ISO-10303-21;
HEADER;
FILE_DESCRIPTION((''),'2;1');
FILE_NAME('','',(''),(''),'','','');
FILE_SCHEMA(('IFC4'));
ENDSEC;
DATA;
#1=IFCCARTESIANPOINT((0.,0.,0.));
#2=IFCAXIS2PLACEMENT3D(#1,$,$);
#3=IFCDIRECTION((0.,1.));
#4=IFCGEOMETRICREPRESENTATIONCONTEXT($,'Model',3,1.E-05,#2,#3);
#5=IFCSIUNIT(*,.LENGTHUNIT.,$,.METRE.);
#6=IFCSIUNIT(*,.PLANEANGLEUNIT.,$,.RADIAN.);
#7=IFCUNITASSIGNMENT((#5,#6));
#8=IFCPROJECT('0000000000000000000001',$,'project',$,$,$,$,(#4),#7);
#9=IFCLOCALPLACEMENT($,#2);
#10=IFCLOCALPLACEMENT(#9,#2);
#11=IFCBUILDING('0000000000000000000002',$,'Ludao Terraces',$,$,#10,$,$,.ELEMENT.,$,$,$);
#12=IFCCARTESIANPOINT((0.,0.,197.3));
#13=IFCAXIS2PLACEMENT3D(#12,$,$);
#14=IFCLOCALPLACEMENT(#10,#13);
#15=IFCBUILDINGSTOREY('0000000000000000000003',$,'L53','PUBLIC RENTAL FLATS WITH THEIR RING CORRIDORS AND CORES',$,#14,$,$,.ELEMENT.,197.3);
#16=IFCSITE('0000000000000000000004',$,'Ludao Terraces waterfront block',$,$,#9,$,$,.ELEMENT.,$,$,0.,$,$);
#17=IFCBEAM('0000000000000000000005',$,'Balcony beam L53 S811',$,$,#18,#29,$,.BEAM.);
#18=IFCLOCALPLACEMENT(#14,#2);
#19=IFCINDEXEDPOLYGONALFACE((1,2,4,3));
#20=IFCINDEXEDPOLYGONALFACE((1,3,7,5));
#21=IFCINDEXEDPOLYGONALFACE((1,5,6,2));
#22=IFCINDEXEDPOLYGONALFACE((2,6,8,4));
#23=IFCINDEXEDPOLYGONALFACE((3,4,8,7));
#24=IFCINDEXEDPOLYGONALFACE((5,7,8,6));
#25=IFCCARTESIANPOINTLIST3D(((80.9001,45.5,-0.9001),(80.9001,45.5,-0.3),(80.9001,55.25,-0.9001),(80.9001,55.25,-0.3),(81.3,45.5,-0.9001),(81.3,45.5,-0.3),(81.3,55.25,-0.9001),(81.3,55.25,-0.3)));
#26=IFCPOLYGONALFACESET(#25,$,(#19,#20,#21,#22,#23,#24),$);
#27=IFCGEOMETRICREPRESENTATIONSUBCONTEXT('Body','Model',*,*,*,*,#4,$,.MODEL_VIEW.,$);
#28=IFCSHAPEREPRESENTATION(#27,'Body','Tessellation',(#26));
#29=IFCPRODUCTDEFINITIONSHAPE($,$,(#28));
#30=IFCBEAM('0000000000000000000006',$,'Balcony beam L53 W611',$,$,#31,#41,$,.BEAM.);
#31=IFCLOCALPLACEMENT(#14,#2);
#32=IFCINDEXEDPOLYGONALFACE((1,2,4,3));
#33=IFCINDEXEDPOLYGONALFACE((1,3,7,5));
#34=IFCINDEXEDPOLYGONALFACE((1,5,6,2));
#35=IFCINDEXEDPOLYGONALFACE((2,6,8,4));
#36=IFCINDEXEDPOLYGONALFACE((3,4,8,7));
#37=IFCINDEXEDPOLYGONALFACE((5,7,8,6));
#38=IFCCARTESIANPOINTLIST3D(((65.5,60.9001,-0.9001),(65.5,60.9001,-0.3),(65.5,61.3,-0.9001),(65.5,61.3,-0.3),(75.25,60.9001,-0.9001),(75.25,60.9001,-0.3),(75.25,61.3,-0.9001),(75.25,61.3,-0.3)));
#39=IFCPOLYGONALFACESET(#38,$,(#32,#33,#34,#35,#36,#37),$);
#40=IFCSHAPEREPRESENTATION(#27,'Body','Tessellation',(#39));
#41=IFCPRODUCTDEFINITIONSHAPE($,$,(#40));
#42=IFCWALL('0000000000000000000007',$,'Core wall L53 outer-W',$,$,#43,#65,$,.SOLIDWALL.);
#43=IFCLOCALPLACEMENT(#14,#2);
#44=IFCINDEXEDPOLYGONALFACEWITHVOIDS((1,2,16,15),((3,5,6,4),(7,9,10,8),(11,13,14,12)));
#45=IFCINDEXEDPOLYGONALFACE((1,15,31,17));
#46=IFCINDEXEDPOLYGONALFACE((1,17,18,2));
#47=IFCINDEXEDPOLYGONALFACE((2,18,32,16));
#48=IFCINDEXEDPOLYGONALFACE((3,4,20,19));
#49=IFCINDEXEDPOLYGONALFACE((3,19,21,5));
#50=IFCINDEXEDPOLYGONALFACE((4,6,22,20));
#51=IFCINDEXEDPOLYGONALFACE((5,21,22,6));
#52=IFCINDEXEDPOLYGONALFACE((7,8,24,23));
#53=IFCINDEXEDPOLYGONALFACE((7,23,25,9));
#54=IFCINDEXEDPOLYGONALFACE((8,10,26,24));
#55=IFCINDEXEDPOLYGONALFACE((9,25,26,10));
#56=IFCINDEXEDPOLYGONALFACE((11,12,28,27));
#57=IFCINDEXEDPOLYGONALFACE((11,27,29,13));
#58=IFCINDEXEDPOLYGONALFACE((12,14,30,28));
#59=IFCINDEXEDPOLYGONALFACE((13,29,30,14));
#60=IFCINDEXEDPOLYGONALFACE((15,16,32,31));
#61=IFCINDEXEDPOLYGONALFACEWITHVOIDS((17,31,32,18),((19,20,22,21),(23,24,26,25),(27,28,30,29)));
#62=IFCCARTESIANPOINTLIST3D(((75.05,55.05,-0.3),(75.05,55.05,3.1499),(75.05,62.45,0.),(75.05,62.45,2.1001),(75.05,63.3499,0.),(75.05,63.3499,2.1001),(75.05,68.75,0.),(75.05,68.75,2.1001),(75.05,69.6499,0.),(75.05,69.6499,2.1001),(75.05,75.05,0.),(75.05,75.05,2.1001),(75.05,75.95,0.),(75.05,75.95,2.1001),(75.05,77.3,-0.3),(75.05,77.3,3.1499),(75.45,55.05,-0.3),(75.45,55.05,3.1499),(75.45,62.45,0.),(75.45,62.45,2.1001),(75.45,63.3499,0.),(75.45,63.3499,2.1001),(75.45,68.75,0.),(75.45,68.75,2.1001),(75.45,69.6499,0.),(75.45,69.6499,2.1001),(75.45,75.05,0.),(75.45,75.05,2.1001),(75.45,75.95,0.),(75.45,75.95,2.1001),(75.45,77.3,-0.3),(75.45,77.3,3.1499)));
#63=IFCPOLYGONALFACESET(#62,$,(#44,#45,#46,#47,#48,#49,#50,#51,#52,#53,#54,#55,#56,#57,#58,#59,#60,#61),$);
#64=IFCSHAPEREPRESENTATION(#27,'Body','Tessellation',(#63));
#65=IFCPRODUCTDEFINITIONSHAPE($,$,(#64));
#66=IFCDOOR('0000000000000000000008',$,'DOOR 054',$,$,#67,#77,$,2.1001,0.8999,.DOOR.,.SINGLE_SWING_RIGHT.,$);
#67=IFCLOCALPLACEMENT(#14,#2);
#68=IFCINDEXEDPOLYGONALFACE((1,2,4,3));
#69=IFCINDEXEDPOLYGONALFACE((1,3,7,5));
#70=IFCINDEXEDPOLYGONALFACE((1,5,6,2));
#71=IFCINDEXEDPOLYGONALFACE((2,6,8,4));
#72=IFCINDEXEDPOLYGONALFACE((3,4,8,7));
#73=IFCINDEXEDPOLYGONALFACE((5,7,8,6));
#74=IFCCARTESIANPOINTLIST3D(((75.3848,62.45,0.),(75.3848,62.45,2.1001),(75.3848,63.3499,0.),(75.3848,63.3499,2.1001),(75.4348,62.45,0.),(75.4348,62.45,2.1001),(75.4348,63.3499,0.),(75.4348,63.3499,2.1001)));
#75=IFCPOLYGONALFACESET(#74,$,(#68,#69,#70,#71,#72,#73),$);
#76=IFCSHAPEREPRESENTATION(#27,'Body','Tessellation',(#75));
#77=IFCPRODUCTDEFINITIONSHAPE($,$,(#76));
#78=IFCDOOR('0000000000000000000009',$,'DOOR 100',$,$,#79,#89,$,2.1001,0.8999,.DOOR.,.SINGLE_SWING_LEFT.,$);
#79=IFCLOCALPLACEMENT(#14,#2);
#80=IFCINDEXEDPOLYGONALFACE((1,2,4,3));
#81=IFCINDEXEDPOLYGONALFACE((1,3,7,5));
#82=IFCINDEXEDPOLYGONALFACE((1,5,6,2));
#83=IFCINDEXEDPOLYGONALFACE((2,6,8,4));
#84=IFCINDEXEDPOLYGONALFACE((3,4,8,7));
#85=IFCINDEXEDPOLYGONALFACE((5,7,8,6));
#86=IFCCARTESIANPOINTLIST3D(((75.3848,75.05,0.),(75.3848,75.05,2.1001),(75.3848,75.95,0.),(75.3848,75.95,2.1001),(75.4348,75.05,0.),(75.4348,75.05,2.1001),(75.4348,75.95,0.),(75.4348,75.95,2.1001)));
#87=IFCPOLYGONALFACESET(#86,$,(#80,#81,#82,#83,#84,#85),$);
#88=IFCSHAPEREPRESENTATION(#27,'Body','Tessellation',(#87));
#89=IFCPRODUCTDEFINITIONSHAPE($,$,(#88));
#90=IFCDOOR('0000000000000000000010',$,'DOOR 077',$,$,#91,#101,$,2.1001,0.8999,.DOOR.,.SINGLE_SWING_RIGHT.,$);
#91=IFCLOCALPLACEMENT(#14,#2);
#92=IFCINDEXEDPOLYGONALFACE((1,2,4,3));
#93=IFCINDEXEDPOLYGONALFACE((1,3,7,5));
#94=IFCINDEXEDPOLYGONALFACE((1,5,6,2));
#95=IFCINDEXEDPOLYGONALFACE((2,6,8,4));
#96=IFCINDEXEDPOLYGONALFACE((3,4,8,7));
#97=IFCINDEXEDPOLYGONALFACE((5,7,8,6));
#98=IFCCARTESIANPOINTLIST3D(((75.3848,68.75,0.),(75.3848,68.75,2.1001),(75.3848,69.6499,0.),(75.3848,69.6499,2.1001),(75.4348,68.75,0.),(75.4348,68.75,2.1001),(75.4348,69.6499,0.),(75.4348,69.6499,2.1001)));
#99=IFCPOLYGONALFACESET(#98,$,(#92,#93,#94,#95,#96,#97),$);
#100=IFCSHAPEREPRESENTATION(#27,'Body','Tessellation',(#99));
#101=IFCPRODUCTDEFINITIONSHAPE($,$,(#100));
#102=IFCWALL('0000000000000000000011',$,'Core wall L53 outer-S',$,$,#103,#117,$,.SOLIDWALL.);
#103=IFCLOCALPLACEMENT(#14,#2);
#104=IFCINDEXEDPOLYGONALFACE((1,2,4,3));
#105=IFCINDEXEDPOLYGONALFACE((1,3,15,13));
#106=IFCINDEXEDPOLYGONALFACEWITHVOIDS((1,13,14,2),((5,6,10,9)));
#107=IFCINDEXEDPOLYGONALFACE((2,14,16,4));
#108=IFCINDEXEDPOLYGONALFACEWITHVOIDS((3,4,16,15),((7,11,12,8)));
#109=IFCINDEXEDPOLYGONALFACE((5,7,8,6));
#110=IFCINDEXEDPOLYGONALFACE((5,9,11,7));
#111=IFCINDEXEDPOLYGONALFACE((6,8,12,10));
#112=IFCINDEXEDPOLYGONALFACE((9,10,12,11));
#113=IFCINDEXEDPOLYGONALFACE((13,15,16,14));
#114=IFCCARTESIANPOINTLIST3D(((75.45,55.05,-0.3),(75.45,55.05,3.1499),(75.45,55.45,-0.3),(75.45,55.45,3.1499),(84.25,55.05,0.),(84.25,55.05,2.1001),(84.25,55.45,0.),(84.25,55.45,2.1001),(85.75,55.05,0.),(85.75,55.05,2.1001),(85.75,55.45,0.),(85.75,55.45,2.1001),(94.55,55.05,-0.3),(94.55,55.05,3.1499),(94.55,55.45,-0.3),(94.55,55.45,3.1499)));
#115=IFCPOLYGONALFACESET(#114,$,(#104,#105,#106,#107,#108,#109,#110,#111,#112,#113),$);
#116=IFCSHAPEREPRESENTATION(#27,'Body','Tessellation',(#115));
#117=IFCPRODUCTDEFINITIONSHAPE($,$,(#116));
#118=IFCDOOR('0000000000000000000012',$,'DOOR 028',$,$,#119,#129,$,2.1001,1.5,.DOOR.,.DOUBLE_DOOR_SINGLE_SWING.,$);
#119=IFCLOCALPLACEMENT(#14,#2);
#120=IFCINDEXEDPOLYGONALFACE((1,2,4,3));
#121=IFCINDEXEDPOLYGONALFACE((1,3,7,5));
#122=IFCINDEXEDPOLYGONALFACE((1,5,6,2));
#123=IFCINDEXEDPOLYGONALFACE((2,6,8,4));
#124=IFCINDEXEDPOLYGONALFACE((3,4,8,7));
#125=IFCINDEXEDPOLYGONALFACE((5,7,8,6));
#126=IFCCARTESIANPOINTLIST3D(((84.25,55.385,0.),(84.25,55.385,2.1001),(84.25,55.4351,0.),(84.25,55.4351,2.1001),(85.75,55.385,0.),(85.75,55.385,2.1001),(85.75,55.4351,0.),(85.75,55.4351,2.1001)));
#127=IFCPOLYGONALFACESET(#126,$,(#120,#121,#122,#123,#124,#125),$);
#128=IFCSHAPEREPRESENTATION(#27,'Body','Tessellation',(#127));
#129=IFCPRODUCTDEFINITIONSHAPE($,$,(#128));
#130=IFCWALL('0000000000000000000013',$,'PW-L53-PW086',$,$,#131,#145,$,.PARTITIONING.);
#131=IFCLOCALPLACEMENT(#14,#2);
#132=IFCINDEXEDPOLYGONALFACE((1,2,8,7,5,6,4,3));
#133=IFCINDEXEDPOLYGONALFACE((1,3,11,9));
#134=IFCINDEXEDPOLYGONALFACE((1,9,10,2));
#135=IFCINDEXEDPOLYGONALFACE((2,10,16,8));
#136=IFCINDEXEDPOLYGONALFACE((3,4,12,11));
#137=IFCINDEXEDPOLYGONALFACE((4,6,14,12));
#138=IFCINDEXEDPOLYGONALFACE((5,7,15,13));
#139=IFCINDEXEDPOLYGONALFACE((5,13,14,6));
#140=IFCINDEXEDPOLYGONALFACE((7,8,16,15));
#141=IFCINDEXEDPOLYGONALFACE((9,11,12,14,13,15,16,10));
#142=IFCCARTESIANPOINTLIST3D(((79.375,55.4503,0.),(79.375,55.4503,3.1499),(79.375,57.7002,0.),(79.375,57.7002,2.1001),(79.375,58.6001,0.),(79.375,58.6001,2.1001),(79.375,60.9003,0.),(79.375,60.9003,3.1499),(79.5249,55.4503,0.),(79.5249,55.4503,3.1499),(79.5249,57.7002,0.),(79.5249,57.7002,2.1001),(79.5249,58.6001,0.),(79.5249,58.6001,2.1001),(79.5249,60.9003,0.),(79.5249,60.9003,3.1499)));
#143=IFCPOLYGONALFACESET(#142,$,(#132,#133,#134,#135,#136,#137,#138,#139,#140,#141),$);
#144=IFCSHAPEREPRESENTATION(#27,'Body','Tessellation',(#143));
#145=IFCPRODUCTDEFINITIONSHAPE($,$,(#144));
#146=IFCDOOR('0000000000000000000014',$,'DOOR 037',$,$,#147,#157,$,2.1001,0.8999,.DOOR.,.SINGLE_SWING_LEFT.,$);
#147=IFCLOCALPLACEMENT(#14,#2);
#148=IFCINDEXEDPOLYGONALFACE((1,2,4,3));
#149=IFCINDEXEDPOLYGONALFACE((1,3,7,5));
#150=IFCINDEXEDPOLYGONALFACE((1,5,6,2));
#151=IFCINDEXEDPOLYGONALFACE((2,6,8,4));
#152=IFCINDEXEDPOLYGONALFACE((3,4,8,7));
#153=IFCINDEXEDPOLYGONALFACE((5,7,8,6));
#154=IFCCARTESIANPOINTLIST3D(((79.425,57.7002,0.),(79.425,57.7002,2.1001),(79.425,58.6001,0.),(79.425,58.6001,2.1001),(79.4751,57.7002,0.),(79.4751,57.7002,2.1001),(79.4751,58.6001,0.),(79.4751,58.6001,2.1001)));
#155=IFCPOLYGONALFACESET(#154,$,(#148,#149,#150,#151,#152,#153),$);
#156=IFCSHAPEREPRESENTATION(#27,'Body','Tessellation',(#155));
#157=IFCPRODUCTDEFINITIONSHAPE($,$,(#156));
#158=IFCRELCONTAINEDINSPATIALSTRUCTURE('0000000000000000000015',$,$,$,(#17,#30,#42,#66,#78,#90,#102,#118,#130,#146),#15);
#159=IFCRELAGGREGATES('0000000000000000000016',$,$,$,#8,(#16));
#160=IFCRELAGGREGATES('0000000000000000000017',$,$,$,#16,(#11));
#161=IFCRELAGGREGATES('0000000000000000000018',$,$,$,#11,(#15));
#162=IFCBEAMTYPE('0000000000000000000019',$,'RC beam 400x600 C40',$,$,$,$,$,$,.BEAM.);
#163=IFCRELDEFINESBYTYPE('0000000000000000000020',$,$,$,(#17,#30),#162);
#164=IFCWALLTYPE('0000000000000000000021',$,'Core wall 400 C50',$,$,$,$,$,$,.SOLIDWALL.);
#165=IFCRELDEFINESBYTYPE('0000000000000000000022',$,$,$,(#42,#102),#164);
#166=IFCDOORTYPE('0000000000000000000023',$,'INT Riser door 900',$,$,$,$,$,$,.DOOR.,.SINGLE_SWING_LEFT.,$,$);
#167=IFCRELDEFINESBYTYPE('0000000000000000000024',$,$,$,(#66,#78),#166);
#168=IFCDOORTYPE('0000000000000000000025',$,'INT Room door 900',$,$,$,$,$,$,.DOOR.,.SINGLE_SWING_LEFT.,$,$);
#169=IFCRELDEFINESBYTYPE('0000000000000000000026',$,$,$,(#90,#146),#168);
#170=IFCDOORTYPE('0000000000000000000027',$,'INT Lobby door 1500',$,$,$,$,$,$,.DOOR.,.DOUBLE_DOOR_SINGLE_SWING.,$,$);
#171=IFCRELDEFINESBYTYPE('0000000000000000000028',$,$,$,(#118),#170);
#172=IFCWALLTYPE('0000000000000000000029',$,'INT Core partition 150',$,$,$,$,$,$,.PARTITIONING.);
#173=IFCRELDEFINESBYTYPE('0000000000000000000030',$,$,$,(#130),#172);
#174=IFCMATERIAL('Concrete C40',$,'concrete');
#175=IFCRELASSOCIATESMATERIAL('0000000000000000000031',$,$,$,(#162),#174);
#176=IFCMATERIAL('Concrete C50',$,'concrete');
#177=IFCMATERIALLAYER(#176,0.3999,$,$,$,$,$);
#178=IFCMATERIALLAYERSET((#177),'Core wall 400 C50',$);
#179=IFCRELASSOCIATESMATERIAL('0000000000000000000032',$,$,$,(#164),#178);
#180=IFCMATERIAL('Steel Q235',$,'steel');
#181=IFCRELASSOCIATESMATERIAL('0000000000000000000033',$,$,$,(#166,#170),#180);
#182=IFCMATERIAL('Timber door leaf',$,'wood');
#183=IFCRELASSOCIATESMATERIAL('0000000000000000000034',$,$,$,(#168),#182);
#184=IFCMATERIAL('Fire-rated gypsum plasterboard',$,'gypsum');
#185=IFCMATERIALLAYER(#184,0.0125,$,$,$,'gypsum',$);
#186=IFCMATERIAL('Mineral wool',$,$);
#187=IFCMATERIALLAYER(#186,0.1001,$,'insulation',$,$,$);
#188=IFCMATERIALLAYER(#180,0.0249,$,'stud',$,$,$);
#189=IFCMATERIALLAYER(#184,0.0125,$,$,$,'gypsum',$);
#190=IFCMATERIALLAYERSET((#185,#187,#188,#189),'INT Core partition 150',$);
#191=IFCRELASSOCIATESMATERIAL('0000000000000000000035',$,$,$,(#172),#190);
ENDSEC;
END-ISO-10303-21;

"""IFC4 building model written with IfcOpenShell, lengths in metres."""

from ifc_helpers import new_model, si_unit, direction, frame, frame_2d, origin, origin_2d, place, context, subcontext, project, spatial, rectangle, extrude, material, layer, layer_set, material_profile, profile_set, type_object, element, fill, save


model = new_model("IFC4")

# Units and contexts
model_context = context("Model", 3, precision=1e-05, world=origin(), true_north=direction((0.0, 1.0)))
body_context = subcontext(model_context, "Body", "Model", "MODEL_VIEW")
ifc_project = project(units=[si_unit("LENGTHUNIT", "METRE"), si_unit("PLANEANGLEUNIT", "RADIAN")], contexts=[model_context])

# Site, building, storey
site_placement = place(None, origin())
site = spatial("IfcSite", under=ifc_project, at=site_placement, Name="Ludao Terraces waterfront block", CompositionType="ELEMENT", RefElevation=0.0)
building_placement = place(site_placement, origin())
building = spatial("IfcBuilding", under=site, at=building_placement, Name="Ludao Terraces", CompositionType="ELEMENT")
storey_placement = place(building_placement, frame((0.0, 0.0, 197.3)))
storey = spatial("IfcBuildingStorey", under=building, at=storey_placement, Name="L53", Description="PUBLIC RENTAL FLATS WITH THEIR RING CORRIDORS AND CORES", CompositionType="ELEMENT", Elevation=197.3)

# Beams
ifc_material_1 = material(Name="Concrete C40", Category="concrete")
ifc_material_profile = material_profile(ifc_material_1, rectangle(XDim=0.3999, YDim=0.6001, at=origin_2d()), Name="400 X 600")
ifc_profile_set = profile_set([ifc_material_profile], Name="Concrete C40")
beam_type = type_object("IfcBeamType", Name="RC beam 400x600 C40", PredefinedType="BEAM", material=ifc_profile_set)
for number, where, z_axis, x_axis, name in (
    (1, (81.1001, 55.25, -0.6001), (0.0, -1.0, 0.0), (1.0, 0.0, 0.0), "Balcony beam L53 S811"),
    (2, (75.25, 61.1001, -0.6001), (-1.0, 0.0, 0.0), (0.0, -1.0, 0.0), "Balcony beam L53 W611"),
):
    element("IfcBeam", number, at=place(storey_placement, frame(where, z_axis=z_axis, x_axis=x_axis)), inside=storey, type_object=beam_type, Name=name, PredefinedType="BEAM", context=body_context, shape_type="SweptSolid", body=[
        extrude(rectangle(XDim=0.3999, YDim=0.6001, at=origin_2d()), origin(), (0.0, 0.0, 1.0), 9.75),
    ])

# Wall, openings, doors
ifc_material_2 = material(Name="Concrete C50", Category="concrete")
ifc_layer_1 = layer(ifc_material_2, 0.3999)
ifc_layer_set_1 = layer_set([ifc_layer_1], Name="Core wall 400 C50")
wall_type_1 = type_object("IfcWallType", Name="Core wall 400 C50", PredefinedType="SOLIDWALL", material=ifc_layer_set_1)
wall_1_placement = place(storey_placement, frame((75.25, 55.05, -0.3), z_axis=(0.0, 0.0, 1.0), x_axis=(0.0, 1.0, 0.0)))
wall_1 = element("IfcWall", 3, at=wall_1_placement, inside=storey, type_object=wall_type_1, Name="Core wall L53 outer-W", PredefinedType="SOLIDWALL", context=body_context, shape_type="SweptSolid", body=[
    extrude(rectangle(XDim=22.25, YDim=0.3999, at=frame_2d((11.125, 0.0))), origin(), (0.0, 0.0, 1.0), 3.45),
])
opening_1_placement = place(wall_1_placement, frame((7.3999, 0.0, 0.3)))
opening_1 = element("IfcOpeningElement", 4, at=opening_1_placement, cuts=wall_1, PredefinedType="OPENING", context=body_context, shape_type="SweptSolid", body=[
    extrude(rectangle(XDim=0.8999, YDim=2.1001, at=frame_2d((0.45, 1.05))), frame((0.0, 0.21, 0.0), z_axis=(0.0, -1.0, 0.0), x_axis=(1.0, 0.0, 0.0)), (0.0, 0.0, 1.0), 0.4199),
])
opening_2_placement = place(wall_1_placement, frame((13.7, 0.0, 0.3)))
opening_2 = element("IfcOpeningElement", 5, at=opening_2_placement, cuts=wall_1, PredefinedType="OPENING", context=body_context, shape_type="SweptSolid", body=[
    extrude(rectangle(XDim=0.8999, YDim=2.1001, at=frame_2d((0.45, 1.05))), frame((0.0, 0.21, 0.0), z_axis=(0.0, -1.0, 0.0), x_axis=(1.0, 0.0, 0.0)), (0.0, 0.0, 1.0), 0.4199),
])
opening_3_placement = place(wall_1_placement, frame((20.0, 0.0, 0.3)))
opening_3 = element("IfcOpeningElement", 6, at=opening_3_placement, cuts=wall_1, PredefinedType="OPENING", context=body_context, shape_type="SweptSolid", body=[
    extrude(rectangle(XDim=0.8999, YDim=2.1001, at=frame_2d((0.45, 1.05))), frame((0.0, 0.21, 0.0), z_axis=(0.0, -1.0, 0.0), x_axis=(1.0, 0.0, 0.0)), (0.0, 0.0, 1.0), 0.4199),
])
ifc_material_3 = material(Name="Steel Q235", Category="steel")
door_type_1 = type_object("IfcDoorType", Name="INT Riser door 900", OperationType="SINGLE_SWING_LEFT", PredefinedType="DOOR", material=ifc_material_3)
door_1_placement = place(opening_1_placement, origin())
door_1 = element("IfcDoor", 7, at=door_1_placement, inside=storey, type_object=door_type_1, Name="DOOR 054", OperationType="SINGLE_SWING_RIGHT", OverallHeight=2.1001, OverallWidth=0.8999, PredefinedType="DOOR", context=body_context, shape_type="SweptSolid", body=[
    extrude(rectangle(XDim=0.8999, YDim=2.1001, at=frame_2d((0.45, 1.05))), frame((0.0, -0.1348, 0.0), z_axis=(0.0, -1.0, 0.0), x_axis=(1.0, 0.0, 0.0)), (0.0, 0.0, 1.0), 0.05),
])
fill(opening_1, door_1)
door_2_placement = place(opening_3_placement, origin())
door_2 = element("IfcDoor", 8, at=door_2_placement, inside=storey, type_object=door_type_1, Name="DOOR 100", OperationType="SINGLE_SWING_LEFT", OverallHeight=2.1001, OverallWidth=0.8999, PredefinedType="DOOR", context=body_context, shape_type="SweptSolid", body=[
    extrude(rectangle(XDim=0.8999, YDim=2.1001, at=frame_2d((0.45, 1.05))), frame((0.0, -0.1348, 0.0), z_axis=(0.0, -1.0, 0.0), x_axis=(1.0, 0.0, 0.0)), (0.0, 0.0, 1.0), 0.05),
])
fill(opening_3, door_2)
ifc_material_4 = material(Name="Timber door leaf", Category="wood")
door_type_2 = type_object("IfcDoorType", Name="INT Room door 900", OperationType="SINGLE_SWING_LEFT", PredefinedType="DOOR", material=ifc_material_4)
door_3_placement = place(opening_2_placement, origin())
door_3 = element("IfcDoor", 9, at=door_3_placement, inside=storey, type_object=door_type_2, Name="DOOR 077", OperationType="SINGLE_SWING_RIGHT", OverallHeight=2.1001, OverallWidth=0.8999, PredefinedType="DOOR", context=body_context, shape_type="SweptSolid", body=[
    extrude(rectangle(XDim=0.8999, YDim=2.1001, at=frame_2d((0.45, 1.05))), frame((0.0, -0.1348, 0.0), z_axis=(0.0, -1.0, 0.0), x_axis=(1.0, 0.0, 0.0)), (0.0, 0.0, 1.0), 0.05),
])
fill(opening_2, door_3)

# Walls, openings, doors
wall_2_placement = place(storey_placement, frame((75.45, 55.25, -0.3), z_axis=(0.0, 0.0, 1.0), x_axis=(1.0, 0.0, 0.0)))
wall_2 = element("IfcWall", 10, at=wall_2_placement, inside=storey, type_object=wall_type_1, Name="Core wall L53 outer-S", PredefinedType="SOLIDWALL", context=body_context, shape_type="SweptSolid", body=[
    extrude(rectangle(XDim=19.1001, YDim=0.3999, at=frame_2d((9.55, 0.0))), origin(), (0.0, 0.0, 1.0), 3.45),
])
opening_4_placement = place(wall_2_placement, frame((8.8, 0.0, 0.3)))
opening_4 = element("IfcOpeningElement", 11, at=opening_4_placement, cuts=wall_2, PredefinedType="OPENING", context=body_context, shape_type="SweptSolid", body=[
    extrude(rectangle(XDim=1.5, YDim=2.1001, at=frame_2d((0.75, 1.05))), frame((0.0, 0.21, 0.0), z_axis=(0.0, -1.0, 0.0), x_axis=(1.0, 0.0, 0.0)), (0.0, 0.0, 1.0), 0.4199),
])
door_type_3 = type_object("IfcDoorType", Name="INT Lobby door 1500", OperationType="DOUBLE_DOOR_SINGLE_SWING", PredefinedType="DOOR", material=ifc_material_3)
door_4_placement = place(opening_4_placement, origin())
door_4 = element("IfcDoor", 12, at=door_4_placement, inside=storey, type_object=door_type_3, Name="DOOR 028", OperationType="DOUBLE_DOOR_SINGLE_SWING", OverallHeight=2.1001, OverallWidth=1.5, PredefinedType="DOOR", context=body_context, shape_type="SweptSolid", body=[
    extrude(rectangle(XDim=1.5, YDim=2.1001, at=frame_2d((0.75, 1.05))), frame((0.0, 0.1851, 0.0), z_axis=(0.0, -1.0, 0.0), x_axis=(1.0, 0.0, 0.0)), (0.0, 0.0, 1.0), 0.05),
])
fill(opening_4, door_4)
ifc_material_5 = material(Name="Fire-rated gypsum plasterboard", Category="gypsum")
ifc_layer_2 = layer(ifc_material_5, 0.0125, Category="gypsum")
ifc_material_6 = material(Name="Mineral wool")
ifc_layer_3 = layer(ifc_material_6, 0.1001, Name="insulation")
ifc_layer_4 = layer(ifc_material_3, 0.0249, Name="stud")
ifc_layer_5 = layer(ifc_material_5, 0.0125, Category="gypsum")
ifc_layer_set_2 = layer_set([ifc_layer_2, ifc_layer_3, ifc_layer_4, ifc_layer_5], Name="INT Core partition 150")
wall_type_2 = type_object("IfcWallType", Name="INT Core partition 150", PredefinedType="PARTITIONING", material=ifc_layer_set_2)
wall_3_placement = place(storey_placement, frame((79.45, 55.4502, 0.0), z_axis=(0.0, 0.0, 1.0), x_axis=(0.0, 1.0, 0.0)))
wall_3 = element("IfcWall", 13, at=wall_3_placement, inside=storey, type_object=wall_type_2, Name="PW-L53-PW086", PredefinedType="PARTITIONING", context=body_context, shape_type="SweptSolid", body=[
    extrude(rectangle(XDim=5.45, YDim=0.1499, at=frame_2d((2.7251, 0.0))), origin(), (0.0, 0.0, 1.0), 3.1499),
])
opening_5_placement = place(wall_3_placement, frame((2.25, 0.0, 0.0)))
opening_5 = element("IfcOpeningElement", 14, at=opening_5_placement, cuts=wall_3, PredefinedType="OPENING", context=body_context, shape_type="SweptSolid", body=[
    extrude(rectangle(XDim=0.8999, YDim=2.1001, at=frame_2d((0.45, 1.05))), frame((0.0, 0.085, 0.0), z_axis=(0.0, -1.0, 0.0), x_axis=(1.0, 0.0, 0.0)), (0.0, 0.0, 1.0), 0.1699),
])
door_5_placement = place(opening_5_placement, origin())
door_5 = element("IfcDoor", 15, at=door_5_placement, inside=storey, type_object=door_type_2, Name="DOOR 037", OperationType="SINGLE_SWING_LEFT", OverallHeight=2.1001, OverallWidth=0.8999, PredefinedType="DOOR", context=body_context, shape_type="SweptSolid", body=[
    extrude(rectangle(XDim=0.8999, YDim=2.1001, at=frame_2d((0.45, 1.05))), frame((0.0, 0.0249, 0.0), z_axis=(0.0, -1.0, 0.0), x_axis=(1.0, 0.0, 0.0)), (0.0, 0.0, 1.0), 0.05),
])
fill(opening_5, door_5)

save(model, "model.ifc")
